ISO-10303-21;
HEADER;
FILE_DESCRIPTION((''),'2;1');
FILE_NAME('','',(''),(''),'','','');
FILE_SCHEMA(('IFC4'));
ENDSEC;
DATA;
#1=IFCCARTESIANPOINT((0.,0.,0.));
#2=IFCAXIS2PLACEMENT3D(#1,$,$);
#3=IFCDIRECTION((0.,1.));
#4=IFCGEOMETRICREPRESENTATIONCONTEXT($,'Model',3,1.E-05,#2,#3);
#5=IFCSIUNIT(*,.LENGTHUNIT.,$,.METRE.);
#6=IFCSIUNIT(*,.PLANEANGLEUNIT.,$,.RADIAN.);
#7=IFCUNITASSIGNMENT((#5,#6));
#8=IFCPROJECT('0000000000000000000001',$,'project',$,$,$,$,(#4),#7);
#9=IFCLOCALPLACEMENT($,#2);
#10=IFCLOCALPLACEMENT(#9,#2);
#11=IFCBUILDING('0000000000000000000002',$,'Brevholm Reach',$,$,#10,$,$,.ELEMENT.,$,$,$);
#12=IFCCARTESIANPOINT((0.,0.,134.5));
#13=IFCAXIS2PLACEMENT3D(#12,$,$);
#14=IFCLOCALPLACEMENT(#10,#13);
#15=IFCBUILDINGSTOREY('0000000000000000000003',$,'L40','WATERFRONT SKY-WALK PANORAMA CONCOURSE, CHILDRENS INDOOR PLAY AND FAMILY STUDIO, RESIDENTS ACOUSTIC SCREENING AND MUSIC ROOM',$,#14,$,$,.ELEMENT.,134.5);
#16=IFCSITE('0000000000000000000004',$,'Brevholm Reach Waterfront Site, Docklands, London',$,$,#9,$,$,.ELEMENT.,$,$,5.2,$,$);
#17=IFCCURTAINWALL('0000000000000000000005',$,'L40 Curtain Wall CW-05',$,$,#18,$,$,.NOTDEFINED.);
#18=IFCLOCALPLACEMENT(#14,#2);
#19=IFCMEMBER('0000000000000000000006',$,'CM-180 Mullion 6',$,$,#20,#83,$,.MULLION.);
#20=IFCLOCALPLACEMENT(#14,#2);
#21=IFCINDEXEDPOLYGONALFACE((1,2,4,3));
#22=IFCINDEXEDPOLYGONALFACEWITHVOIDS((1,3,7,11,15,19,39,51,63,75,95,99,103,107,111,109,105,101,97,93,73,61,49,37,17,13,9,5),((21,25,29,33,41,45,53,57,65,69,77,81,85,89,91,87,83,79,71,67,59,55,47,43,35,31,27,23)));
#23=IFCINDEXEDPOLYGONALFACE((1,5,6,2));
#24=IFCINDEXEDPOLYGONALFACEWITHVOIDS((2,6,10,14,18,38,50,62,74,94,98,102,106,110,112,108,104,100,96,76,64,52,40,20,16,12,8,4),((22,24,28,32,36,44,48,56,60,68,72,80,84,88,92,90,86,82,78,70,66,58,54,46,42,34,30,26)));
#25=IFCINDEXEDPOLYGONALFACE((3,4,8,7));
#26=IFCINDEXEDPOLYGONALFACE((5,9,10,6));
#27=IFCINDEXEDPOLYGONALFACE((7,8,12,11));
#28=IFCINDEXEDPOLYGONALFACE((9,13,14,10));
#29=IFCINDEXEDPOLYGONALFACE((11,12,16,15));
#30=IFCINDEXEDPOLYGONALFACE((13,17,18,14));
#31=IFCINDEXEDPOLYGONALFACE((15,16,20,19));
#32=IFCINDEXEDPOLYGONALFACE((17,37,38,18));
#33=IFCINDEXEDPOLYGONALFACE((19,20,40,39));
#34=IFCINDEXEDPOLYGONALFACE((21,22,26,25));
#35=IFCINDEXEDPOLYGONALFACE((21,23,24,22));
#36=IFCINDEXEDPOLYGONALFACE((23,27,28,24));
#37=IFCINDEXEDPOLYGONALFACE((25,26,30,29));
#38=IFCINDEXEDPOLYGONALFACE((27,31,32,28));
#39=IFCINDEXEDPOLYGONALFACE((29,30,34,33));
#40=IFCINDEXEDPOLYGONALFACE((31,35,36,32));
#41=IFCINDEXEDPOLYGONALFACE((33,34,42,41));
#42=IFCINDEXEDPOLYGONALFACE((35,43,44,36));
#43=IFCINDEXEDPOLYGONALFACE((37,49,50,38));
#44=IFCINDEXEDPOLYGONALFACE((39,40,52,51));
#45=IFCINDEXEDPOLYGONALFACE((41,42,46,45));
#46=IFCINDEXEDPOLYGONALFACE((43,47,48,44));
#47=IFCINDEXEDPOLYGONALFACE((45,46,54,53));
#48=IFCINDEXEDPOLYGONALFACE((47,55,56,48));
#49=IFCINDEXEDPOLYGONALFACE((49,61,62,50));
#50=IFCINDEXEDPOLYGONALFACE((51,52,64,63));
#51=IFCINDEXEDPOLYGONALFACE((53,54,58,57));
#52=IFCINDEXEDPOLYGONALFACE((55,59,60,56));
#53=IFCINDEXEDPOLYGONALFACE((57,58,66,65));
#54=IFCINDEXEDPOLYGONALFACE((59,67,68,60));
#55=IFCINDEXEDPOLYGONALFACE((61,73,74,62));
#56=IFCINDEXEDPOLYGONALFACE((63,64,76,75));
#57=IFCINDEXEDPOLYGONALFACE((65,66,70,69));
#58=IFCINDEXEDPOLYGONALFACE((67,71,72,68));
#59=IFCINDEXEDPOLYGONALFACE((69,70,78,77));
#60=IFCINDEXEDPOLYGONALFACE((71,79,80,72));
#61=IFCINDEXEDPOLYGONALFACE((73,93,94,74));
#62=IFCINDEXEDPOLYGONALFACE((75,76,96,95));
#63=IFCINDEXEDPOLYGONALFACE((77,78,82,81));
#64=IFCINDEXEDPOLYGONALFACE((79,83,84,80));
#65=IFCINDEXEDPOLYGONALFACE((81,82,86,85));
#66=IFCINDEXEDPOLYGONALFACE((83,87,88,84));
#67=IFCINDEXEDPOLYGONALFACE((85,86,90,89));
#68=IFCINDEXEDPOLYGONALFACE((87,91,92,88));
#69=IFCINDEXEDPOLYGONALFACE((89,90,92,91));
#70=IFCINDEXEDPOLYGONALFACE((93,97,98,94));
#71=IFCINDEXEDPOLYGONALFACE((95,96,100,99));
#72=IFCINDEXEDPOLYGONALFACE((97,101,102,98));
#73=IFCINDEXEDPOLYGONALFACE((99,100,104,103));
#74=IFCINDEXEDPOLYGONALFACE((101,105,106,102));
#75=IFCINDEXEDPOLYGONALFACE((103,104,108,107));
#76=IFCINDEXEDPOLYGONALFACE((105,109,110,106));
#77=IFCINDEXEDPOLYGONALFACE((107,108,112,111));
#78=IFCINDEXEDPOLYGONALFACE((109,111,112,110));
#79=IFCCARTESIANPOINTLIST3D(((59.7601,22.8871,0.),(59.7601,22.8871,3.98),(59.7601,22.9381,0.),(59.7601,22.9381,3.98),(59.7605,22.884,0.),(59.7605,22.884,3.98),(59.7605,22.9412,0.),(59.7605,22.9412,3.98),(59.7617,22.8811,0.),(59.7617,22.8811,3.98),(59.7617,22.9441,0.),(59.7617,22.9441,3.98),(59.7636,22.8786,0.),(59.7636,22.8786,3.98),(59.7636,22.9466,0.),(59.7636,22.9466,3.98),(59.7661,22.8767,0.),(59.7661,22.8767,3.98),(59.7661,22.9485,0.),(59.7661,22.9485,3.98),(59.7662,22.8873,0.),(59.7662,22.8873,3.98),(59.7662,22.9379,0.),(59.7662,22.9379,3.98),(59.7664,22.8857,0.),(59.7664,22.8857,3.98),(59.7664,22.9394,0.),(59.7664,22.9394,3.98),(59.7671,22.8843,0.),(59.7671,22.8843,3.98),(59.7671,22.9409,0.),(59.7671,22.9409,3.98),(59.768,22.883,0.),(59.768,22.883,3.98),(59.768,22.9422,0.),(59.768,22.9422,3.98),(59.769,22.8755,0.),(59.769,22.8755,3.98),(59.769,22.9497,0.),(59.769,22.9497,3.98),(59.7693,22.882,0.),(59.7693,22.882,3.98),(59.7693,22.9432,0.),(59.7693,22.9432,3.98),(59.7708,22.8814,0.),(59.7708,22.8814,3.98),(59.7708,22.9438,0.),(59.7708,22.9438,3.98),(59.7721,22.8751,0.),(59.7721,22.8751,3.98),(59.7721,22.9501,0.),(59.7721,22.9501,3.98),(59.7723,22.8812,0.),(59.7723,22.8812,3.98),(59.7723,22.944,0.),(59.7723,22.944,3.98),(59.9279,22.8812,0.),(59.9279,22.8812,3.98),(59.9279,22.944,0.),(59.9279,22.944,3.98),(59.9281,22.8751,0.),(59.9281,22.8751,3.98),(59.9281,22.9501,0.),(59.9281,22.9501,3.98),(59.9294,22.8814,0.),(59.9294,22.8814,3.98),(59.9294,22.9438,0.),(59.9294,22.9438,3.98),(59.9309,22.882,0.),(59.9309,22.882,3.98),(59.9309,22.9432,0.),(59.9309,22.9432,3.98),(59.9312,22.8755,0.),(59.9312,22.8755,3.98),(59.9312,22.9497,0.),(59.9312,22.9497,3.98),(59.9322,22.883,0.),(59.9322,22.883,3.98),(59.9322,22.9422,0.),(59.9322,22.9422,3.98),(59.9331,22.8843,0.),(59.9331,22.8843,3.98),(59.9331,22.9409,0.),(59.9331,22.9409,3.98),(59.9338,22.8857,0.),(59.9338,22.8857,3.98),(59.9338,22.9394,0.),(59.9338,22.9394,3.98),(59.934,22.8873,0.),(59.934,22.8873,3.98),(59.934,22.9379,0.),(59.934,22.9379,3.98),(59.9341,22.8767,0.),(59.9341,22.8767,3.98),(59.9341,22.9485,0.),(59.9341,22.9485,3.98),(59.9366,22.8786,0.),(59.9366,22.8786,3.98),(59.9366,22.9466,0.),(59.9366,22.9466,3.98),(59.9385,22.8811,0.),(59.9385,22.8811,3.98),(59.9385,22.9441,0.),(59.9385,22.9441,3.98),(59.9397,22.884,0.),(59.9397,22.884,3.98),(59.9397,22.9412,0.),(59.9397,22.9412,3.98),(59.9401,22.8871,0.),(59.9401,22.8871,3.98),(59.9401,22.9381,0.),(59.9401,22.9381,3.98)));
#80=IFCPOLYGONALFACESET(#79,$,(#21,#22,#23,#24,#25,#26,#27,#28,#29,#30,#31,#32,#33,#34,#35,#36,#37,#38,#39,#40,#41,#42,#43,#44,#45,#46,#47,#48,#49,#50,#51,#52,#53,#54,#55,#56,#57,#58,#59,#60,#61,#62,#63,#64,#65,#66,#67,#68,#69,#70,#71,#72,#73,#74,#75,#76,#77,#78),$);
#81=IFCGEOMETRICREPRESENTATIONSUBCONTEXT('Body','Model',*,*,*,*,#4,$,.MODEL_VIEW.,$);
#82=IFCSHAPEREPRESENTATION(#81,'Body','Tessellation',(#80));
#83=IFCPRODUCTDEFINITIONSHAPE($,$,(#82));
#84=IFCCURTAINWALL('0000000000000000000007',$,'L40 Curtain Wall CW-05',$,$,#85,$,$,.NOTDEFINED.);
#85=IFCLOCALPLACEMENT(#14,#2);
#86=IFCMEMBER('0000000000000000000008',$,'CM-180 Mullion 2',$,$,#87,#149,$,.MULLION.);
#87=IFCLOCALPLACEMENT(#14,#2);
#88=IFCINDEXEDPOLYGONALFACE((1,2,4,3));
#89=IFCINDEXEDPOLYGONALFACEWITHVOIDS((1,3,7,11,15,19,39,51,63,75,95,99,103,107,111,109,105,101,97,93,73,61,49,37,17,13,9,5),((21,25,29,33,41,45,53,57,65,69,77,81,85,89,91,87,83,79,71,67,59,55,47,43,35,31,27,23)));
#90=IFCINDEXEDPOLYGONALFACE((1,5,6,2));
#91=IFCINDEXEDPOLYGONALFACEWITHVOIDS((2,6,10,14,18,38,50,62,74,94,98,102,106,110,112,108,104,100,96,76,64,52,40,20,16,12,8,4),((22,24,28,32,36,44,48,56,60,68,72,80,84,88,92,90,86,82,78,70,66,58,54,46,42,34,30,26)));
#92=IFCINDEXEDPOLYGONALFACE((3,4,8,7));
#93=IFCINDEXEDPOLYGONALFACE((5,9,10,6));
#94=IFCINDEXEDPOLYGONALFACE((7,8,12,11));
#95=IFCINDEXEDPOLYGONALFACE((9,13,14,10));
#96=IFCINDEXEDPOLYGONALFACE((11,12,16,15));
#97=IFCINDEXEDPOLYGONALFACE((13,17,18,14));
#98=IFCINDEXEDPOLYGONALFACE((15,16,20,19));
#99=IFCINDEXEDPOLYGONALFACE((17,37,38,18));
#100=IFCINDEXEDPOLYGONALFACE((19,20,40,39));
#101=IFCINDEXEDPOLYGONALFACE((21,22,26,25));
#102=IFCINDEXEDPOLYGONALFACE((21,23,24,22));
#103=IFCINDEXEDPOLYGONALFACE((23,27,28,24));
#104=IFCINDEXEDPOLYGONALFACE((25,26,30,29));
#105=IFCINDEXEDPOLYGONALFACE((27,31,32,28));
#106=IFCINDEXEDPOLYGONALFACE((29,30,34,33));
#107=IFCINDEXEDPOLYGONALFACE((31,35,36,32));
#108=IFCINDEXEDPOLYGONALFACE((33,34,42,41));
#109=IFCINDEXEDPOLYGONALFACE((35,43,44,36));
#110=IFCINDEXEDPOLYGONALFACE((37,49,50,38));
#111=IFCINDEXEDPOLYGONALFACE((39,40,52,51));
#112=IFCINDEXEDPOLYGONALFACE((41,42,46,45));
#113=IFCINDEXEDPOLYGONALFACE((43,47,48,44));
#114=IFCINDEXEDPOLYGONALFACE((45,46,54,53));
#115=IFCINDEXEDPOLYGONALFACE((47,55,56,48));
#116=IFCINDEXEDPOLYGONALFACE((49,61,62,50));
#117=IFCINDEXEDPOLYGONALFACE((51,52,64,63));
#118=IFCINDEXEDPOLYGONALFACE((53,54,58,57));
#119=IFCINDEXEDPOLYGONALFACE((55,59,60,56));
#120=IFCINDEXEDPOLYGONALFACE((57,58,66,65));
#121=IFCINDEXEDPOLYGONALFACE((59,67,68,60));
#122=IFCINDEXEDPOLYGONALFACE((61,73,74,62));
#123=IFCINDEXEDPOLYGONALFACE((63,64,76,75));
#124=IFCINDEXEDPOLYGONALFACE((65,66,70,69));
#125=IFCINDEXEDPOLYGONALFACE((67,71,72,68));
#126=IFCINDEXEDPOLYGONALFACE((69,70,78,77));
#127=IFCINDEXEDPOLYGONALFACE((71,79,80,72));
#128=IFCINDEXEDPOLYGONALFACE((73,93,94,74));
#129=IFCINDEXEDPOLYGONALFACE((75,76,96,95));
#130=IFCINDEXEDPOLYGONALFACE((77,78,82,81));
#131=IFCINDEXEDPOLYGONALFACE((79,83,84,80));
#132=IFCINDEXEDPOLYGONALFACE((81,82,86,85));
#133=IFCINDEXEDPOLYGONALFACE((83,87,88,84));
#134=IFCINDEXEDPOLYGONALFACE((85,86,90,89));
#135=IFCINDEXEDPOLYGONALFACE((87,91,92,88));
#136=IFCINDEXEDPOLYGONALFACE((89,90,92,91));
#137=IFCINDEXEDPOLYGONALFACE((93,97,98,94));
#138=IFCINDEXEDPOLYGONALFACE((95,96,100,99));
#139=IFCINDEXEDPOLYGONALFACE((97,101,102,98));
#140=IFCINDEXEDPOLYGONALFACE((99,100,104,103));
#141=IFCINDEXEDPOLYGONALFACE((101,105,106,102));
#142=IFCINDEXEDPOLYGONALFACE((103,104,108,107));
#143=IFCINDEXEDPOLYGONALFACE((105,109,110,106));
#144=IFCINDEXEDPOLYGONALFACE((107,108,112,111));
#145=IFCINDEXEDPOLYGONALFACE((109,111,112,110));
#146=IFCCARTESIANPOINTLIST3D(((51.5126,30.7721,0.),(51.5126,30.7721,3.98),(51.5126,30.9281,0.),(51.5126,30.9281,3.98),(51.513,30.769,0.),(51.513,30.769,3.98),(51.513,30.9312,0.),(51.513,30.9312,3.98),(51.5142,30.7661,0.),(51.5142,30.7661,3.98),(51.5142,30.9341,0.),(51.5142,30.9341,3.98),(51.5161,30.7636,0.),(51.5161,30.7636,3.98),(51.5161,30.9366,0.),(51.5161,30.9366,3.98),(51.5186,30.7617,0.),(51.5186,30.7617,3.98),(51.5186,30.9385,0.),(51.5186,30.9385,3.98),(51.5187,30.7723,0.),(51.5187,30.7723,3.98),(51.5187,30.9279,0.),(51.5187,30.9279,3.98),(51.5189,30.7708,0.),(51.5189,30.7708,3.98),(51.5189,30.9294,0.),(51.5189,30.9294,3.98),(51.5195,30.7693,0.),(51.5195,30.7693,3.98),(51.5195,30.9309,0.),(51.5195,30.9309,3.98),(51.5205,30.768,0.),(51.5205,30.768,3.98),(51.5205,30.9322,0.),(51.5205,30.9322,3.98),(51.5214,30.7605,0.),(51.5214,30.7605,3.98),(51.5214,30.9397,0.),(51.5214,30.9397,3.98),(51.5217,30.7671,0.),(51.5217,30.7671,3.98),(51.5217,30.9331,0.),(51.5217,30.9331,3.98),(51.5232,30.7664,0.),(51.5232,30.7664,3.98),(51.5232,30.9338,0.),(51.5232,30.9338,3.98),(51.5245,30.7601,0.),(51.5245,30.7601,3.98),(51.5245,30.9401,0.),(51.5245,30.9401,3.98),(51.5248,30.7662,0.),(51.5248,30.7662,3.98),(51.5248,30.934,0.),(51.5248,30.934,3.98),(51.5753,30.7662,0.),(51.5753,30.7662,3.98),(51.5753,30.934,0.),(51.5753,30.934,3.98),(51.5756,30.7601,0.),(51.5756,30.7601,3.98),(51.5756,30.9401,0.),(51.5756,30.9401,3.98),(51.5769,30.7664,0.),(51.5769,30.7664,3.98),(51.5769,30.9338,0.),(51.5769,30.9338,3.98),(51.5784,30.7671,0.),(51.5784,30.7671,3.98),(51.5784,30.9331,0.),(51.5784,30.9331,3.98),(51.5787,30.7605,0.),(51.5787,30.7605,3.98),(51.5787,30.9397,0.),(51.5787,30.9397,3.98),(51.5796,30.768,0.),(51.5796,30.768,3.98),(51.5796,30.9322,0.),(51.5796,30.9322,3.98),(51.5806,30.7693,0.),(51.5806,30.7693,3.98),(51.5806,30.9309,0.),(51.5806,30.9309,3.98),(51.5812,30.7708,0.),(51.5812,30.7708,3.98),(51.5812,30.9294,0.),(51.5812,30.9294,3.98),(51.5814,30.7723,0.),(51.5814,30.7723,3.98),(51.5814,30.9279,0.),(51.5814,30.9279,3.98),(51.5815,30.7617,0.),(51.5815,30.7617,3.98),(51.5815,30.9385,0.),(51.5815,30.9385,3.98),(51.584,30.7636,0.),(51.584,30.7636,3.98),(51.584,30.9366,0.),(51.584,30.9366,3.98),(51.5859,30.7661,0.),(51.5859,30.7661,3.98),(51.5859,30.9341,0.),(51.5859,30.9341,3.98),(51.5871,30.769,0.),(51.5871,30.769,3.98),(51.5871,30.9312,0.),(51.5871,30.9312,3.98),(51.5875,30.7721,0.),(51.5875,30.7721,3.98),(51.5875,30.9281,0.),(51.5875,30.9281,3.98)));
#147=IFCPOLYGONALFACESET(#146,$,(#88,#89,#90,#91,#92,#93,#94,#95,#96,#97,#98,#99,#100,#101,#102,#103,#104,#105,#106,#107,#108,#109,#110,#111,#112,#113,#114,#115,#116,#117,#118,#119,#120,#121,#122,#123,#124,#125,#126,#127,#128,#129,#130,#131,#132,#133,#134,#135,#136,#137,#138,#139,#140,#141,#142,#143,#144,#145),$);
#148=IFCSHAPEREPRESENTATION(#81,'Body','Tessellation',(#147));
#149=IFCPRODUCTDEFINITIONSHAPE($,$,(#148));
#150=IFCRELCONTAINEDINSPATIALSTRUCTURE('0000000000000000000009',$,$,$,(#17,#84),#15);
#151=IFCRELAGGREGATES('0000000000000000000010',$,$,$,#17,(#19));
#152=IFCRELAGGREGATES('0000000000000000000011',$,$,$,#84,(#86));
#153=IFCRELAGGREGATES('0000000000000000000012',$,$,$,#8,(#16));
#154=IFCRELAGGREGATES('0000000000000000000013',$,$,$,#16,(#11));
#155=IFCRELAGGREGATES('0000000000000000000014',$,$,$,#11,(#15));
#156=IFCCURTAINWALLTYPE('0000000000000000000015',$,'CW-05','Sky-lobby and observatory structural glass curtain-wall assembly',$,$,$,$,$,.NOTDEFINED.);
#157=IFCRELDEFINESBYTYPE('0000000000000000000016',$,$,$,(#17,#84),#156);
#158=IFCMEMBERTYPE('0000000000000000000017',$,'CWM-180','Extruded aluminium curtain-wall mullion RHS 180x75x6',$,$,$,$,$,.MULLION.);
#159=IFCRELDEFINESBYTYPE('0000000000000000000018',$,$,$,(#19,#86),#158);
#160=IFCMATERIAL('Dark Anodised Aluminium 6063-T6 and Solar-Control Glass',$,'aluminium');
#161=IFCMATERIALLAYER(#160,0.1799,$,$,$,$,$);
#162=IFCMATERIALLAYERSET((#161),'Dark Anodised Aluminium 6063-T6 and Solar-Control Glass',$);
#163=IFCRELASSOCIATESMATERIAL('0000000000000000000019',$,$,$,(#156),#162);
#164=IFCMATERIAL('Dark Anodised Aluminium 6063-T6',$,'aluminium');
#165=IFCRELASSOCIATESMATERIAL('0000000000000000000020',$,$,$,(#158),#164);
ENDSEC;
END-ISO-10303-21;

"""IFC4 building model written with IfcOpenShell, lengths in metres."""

from ifc_helpers import new_model, si_unit, direction, frame, origin, origin_2d, place, context, subcontext, project, spatial, hollow_rectangle, extrude, material, layer, layer_set, material_profile, profile_set, type_object, element, aggregate, save


model = new_model("IFC4")

# Units and contexts
model_context = context("Model", 3, precision=1e-05, world=origin(), true_north=direction((0.0, 1.0)))
body_context = subcontext(model_context, "Body", "Model", "MODEL_VIEW")
ifc_project = project(units=[si_unit("LENGTHUNIT", "METRE"), si_unit("PLANEANGLEUNIT", "RADIAN")], contexts=[model_context])

# Site, building, storey
site_placement = place(None, origin())
site = spatial("IfcSite", under=ifc_project, at=site_placement, Name="Brevholm Reach Waterfront Site, Docklands, London", CompositionType="ELEMENT", RefElevation=5.2)
building_placement = place(site_placement, origin())
building = spatial("IfcBuilding", under=site, at=building_placement, Name="Brevholm Reach", CompositionType="ELEMENT")
storey_placement = place(building_placement, frame((0.0, 0.0, 134.5)))
storey = spatial("IfcBuildingStorey", under=building, at=storey_placement, Name="L40", Description="WATERFRONT SKY-WALK PANORAMA CONCOURSE, CHILDRENS INDOOR PLAY AND FAMILY STUDIO, RESIDENTS ACOUSTIC SCREENING AND MUSIC ROOM", CompositionType="ELEMENT", Elevation=134.5)

# Curtain wall, member
ifc_material_1 = material(Name="Dark Anodised Aluminium 6063-T6 and Solar-Control Glass", Category="aluminium")
ifc_layer_1 = layer(ifc_material_1, 0.1799)
ifc_layer_set_1 = layer_set([ifc_layer_1], Name="Dark Anodised Aluminium 6063-T6 and Solar-Control Glass")
curtain_wall_type = type_object("IfcCurtainWallType", Name="CW-05", Description="Sky-lobby and observatory structural glass curtain-wall assembly", PredefinedType="NOTDEFINED", material=ifc_layer_set_1)
curtain_wall_1_placement = place(storey_placement, origin())
curtain_wall_1 = element("IfcCurtainWall", 1, at=curtain_wall_1_placement, inside=storey, type_object=curtain_wall_type, Name="L40 Curtain Wall CW-05", PredefinedType="NOTDEFINED")
ifc_material_2 = material(Name="Dark Anodised Aluminium 6063-T6", Category="aluminium")
ifc_material_profile_1 = material_profile(ifc_material_2, hollow_rectangle(XDim=0.075, YDim=0.1799, WallThickness=0.0061, InnerFilletRadius=0.0061, OuterFilletRadius=0.012, at=origin_2d()), Name="RHS 180x75x6")
ifc_profile_set_1 = profile_set([ifc_material_profile_1], Name="Dark Anodised Aluminium 6063-T6")
member_type_1 = type_object("IfcMemberType", Name="CWM-180", Description="Extruded aluminium curtain-wall mullion RHS 180x75x6", PredefinedType="MULLION", material=ifc_profile_set_1)
member_1_placement = place(storey_placement, frame((59.8501, 22.9126, 0.0), z_axis=(0.0, 0.0, 1.0), x_axis=(0.0, 1.0, 0.0)))
member_1 = element("IfcMember", 2, at=member_1_placement, type_object=member_type_1, Name="CM-180 Mullion 6", PredefinedType="MULLION", context=body_context, shape_type="SweptSolid", body=[
    extrude(hollow_rectangle(XDim=0.075, YDim=0.1799, WallThickness=0.0061, InnerFilletRadius=0.0061, OuterFilletRadius=0.012, at=origin_2d()), origin(), (0.0, 0.0, 1.0), 3.98),
])

# Curtain wall, member
curtain_wall_2_placement = place(storey_placement, origin())
curtain_wall_2 = element("IfcCurtainWall", 3, at=curtain_wall_2_placement, inside=storey, type_object=curtain_wall_type, Name="L40 Curtain Wall CW-05", PredefinedType="NOTDEFINED")
member_2_placement = place(storey_placement, frame((51.55, 30.8501, 0.0), z_axis=(0.0, 0.0, 1.0), x_axis=(1.0, 0.0, 0.0)))
member_2 = element("IfcMember", 4, at=member_2_placement, type_object=member_type_1, Name="CM-180 Mullion 2", PredefinedType="MULLION", context=body_context, shape_type="SweptSolid", body=[
    extrude(hollow_rectangle(XDim=0.075, YDim=0.1799, WallThickness=0.0061, InnerFilletRadius=0.0061, OuterFilletRadius=0.012, at=origin_2d()), origin(), (0.0, 0.0, 1.0), 3.98),
])

aggregate(curtain_wall_1, [member_1])
aggregate(curtain_wall_2, [member_2])

save(model, "model.ifc")
